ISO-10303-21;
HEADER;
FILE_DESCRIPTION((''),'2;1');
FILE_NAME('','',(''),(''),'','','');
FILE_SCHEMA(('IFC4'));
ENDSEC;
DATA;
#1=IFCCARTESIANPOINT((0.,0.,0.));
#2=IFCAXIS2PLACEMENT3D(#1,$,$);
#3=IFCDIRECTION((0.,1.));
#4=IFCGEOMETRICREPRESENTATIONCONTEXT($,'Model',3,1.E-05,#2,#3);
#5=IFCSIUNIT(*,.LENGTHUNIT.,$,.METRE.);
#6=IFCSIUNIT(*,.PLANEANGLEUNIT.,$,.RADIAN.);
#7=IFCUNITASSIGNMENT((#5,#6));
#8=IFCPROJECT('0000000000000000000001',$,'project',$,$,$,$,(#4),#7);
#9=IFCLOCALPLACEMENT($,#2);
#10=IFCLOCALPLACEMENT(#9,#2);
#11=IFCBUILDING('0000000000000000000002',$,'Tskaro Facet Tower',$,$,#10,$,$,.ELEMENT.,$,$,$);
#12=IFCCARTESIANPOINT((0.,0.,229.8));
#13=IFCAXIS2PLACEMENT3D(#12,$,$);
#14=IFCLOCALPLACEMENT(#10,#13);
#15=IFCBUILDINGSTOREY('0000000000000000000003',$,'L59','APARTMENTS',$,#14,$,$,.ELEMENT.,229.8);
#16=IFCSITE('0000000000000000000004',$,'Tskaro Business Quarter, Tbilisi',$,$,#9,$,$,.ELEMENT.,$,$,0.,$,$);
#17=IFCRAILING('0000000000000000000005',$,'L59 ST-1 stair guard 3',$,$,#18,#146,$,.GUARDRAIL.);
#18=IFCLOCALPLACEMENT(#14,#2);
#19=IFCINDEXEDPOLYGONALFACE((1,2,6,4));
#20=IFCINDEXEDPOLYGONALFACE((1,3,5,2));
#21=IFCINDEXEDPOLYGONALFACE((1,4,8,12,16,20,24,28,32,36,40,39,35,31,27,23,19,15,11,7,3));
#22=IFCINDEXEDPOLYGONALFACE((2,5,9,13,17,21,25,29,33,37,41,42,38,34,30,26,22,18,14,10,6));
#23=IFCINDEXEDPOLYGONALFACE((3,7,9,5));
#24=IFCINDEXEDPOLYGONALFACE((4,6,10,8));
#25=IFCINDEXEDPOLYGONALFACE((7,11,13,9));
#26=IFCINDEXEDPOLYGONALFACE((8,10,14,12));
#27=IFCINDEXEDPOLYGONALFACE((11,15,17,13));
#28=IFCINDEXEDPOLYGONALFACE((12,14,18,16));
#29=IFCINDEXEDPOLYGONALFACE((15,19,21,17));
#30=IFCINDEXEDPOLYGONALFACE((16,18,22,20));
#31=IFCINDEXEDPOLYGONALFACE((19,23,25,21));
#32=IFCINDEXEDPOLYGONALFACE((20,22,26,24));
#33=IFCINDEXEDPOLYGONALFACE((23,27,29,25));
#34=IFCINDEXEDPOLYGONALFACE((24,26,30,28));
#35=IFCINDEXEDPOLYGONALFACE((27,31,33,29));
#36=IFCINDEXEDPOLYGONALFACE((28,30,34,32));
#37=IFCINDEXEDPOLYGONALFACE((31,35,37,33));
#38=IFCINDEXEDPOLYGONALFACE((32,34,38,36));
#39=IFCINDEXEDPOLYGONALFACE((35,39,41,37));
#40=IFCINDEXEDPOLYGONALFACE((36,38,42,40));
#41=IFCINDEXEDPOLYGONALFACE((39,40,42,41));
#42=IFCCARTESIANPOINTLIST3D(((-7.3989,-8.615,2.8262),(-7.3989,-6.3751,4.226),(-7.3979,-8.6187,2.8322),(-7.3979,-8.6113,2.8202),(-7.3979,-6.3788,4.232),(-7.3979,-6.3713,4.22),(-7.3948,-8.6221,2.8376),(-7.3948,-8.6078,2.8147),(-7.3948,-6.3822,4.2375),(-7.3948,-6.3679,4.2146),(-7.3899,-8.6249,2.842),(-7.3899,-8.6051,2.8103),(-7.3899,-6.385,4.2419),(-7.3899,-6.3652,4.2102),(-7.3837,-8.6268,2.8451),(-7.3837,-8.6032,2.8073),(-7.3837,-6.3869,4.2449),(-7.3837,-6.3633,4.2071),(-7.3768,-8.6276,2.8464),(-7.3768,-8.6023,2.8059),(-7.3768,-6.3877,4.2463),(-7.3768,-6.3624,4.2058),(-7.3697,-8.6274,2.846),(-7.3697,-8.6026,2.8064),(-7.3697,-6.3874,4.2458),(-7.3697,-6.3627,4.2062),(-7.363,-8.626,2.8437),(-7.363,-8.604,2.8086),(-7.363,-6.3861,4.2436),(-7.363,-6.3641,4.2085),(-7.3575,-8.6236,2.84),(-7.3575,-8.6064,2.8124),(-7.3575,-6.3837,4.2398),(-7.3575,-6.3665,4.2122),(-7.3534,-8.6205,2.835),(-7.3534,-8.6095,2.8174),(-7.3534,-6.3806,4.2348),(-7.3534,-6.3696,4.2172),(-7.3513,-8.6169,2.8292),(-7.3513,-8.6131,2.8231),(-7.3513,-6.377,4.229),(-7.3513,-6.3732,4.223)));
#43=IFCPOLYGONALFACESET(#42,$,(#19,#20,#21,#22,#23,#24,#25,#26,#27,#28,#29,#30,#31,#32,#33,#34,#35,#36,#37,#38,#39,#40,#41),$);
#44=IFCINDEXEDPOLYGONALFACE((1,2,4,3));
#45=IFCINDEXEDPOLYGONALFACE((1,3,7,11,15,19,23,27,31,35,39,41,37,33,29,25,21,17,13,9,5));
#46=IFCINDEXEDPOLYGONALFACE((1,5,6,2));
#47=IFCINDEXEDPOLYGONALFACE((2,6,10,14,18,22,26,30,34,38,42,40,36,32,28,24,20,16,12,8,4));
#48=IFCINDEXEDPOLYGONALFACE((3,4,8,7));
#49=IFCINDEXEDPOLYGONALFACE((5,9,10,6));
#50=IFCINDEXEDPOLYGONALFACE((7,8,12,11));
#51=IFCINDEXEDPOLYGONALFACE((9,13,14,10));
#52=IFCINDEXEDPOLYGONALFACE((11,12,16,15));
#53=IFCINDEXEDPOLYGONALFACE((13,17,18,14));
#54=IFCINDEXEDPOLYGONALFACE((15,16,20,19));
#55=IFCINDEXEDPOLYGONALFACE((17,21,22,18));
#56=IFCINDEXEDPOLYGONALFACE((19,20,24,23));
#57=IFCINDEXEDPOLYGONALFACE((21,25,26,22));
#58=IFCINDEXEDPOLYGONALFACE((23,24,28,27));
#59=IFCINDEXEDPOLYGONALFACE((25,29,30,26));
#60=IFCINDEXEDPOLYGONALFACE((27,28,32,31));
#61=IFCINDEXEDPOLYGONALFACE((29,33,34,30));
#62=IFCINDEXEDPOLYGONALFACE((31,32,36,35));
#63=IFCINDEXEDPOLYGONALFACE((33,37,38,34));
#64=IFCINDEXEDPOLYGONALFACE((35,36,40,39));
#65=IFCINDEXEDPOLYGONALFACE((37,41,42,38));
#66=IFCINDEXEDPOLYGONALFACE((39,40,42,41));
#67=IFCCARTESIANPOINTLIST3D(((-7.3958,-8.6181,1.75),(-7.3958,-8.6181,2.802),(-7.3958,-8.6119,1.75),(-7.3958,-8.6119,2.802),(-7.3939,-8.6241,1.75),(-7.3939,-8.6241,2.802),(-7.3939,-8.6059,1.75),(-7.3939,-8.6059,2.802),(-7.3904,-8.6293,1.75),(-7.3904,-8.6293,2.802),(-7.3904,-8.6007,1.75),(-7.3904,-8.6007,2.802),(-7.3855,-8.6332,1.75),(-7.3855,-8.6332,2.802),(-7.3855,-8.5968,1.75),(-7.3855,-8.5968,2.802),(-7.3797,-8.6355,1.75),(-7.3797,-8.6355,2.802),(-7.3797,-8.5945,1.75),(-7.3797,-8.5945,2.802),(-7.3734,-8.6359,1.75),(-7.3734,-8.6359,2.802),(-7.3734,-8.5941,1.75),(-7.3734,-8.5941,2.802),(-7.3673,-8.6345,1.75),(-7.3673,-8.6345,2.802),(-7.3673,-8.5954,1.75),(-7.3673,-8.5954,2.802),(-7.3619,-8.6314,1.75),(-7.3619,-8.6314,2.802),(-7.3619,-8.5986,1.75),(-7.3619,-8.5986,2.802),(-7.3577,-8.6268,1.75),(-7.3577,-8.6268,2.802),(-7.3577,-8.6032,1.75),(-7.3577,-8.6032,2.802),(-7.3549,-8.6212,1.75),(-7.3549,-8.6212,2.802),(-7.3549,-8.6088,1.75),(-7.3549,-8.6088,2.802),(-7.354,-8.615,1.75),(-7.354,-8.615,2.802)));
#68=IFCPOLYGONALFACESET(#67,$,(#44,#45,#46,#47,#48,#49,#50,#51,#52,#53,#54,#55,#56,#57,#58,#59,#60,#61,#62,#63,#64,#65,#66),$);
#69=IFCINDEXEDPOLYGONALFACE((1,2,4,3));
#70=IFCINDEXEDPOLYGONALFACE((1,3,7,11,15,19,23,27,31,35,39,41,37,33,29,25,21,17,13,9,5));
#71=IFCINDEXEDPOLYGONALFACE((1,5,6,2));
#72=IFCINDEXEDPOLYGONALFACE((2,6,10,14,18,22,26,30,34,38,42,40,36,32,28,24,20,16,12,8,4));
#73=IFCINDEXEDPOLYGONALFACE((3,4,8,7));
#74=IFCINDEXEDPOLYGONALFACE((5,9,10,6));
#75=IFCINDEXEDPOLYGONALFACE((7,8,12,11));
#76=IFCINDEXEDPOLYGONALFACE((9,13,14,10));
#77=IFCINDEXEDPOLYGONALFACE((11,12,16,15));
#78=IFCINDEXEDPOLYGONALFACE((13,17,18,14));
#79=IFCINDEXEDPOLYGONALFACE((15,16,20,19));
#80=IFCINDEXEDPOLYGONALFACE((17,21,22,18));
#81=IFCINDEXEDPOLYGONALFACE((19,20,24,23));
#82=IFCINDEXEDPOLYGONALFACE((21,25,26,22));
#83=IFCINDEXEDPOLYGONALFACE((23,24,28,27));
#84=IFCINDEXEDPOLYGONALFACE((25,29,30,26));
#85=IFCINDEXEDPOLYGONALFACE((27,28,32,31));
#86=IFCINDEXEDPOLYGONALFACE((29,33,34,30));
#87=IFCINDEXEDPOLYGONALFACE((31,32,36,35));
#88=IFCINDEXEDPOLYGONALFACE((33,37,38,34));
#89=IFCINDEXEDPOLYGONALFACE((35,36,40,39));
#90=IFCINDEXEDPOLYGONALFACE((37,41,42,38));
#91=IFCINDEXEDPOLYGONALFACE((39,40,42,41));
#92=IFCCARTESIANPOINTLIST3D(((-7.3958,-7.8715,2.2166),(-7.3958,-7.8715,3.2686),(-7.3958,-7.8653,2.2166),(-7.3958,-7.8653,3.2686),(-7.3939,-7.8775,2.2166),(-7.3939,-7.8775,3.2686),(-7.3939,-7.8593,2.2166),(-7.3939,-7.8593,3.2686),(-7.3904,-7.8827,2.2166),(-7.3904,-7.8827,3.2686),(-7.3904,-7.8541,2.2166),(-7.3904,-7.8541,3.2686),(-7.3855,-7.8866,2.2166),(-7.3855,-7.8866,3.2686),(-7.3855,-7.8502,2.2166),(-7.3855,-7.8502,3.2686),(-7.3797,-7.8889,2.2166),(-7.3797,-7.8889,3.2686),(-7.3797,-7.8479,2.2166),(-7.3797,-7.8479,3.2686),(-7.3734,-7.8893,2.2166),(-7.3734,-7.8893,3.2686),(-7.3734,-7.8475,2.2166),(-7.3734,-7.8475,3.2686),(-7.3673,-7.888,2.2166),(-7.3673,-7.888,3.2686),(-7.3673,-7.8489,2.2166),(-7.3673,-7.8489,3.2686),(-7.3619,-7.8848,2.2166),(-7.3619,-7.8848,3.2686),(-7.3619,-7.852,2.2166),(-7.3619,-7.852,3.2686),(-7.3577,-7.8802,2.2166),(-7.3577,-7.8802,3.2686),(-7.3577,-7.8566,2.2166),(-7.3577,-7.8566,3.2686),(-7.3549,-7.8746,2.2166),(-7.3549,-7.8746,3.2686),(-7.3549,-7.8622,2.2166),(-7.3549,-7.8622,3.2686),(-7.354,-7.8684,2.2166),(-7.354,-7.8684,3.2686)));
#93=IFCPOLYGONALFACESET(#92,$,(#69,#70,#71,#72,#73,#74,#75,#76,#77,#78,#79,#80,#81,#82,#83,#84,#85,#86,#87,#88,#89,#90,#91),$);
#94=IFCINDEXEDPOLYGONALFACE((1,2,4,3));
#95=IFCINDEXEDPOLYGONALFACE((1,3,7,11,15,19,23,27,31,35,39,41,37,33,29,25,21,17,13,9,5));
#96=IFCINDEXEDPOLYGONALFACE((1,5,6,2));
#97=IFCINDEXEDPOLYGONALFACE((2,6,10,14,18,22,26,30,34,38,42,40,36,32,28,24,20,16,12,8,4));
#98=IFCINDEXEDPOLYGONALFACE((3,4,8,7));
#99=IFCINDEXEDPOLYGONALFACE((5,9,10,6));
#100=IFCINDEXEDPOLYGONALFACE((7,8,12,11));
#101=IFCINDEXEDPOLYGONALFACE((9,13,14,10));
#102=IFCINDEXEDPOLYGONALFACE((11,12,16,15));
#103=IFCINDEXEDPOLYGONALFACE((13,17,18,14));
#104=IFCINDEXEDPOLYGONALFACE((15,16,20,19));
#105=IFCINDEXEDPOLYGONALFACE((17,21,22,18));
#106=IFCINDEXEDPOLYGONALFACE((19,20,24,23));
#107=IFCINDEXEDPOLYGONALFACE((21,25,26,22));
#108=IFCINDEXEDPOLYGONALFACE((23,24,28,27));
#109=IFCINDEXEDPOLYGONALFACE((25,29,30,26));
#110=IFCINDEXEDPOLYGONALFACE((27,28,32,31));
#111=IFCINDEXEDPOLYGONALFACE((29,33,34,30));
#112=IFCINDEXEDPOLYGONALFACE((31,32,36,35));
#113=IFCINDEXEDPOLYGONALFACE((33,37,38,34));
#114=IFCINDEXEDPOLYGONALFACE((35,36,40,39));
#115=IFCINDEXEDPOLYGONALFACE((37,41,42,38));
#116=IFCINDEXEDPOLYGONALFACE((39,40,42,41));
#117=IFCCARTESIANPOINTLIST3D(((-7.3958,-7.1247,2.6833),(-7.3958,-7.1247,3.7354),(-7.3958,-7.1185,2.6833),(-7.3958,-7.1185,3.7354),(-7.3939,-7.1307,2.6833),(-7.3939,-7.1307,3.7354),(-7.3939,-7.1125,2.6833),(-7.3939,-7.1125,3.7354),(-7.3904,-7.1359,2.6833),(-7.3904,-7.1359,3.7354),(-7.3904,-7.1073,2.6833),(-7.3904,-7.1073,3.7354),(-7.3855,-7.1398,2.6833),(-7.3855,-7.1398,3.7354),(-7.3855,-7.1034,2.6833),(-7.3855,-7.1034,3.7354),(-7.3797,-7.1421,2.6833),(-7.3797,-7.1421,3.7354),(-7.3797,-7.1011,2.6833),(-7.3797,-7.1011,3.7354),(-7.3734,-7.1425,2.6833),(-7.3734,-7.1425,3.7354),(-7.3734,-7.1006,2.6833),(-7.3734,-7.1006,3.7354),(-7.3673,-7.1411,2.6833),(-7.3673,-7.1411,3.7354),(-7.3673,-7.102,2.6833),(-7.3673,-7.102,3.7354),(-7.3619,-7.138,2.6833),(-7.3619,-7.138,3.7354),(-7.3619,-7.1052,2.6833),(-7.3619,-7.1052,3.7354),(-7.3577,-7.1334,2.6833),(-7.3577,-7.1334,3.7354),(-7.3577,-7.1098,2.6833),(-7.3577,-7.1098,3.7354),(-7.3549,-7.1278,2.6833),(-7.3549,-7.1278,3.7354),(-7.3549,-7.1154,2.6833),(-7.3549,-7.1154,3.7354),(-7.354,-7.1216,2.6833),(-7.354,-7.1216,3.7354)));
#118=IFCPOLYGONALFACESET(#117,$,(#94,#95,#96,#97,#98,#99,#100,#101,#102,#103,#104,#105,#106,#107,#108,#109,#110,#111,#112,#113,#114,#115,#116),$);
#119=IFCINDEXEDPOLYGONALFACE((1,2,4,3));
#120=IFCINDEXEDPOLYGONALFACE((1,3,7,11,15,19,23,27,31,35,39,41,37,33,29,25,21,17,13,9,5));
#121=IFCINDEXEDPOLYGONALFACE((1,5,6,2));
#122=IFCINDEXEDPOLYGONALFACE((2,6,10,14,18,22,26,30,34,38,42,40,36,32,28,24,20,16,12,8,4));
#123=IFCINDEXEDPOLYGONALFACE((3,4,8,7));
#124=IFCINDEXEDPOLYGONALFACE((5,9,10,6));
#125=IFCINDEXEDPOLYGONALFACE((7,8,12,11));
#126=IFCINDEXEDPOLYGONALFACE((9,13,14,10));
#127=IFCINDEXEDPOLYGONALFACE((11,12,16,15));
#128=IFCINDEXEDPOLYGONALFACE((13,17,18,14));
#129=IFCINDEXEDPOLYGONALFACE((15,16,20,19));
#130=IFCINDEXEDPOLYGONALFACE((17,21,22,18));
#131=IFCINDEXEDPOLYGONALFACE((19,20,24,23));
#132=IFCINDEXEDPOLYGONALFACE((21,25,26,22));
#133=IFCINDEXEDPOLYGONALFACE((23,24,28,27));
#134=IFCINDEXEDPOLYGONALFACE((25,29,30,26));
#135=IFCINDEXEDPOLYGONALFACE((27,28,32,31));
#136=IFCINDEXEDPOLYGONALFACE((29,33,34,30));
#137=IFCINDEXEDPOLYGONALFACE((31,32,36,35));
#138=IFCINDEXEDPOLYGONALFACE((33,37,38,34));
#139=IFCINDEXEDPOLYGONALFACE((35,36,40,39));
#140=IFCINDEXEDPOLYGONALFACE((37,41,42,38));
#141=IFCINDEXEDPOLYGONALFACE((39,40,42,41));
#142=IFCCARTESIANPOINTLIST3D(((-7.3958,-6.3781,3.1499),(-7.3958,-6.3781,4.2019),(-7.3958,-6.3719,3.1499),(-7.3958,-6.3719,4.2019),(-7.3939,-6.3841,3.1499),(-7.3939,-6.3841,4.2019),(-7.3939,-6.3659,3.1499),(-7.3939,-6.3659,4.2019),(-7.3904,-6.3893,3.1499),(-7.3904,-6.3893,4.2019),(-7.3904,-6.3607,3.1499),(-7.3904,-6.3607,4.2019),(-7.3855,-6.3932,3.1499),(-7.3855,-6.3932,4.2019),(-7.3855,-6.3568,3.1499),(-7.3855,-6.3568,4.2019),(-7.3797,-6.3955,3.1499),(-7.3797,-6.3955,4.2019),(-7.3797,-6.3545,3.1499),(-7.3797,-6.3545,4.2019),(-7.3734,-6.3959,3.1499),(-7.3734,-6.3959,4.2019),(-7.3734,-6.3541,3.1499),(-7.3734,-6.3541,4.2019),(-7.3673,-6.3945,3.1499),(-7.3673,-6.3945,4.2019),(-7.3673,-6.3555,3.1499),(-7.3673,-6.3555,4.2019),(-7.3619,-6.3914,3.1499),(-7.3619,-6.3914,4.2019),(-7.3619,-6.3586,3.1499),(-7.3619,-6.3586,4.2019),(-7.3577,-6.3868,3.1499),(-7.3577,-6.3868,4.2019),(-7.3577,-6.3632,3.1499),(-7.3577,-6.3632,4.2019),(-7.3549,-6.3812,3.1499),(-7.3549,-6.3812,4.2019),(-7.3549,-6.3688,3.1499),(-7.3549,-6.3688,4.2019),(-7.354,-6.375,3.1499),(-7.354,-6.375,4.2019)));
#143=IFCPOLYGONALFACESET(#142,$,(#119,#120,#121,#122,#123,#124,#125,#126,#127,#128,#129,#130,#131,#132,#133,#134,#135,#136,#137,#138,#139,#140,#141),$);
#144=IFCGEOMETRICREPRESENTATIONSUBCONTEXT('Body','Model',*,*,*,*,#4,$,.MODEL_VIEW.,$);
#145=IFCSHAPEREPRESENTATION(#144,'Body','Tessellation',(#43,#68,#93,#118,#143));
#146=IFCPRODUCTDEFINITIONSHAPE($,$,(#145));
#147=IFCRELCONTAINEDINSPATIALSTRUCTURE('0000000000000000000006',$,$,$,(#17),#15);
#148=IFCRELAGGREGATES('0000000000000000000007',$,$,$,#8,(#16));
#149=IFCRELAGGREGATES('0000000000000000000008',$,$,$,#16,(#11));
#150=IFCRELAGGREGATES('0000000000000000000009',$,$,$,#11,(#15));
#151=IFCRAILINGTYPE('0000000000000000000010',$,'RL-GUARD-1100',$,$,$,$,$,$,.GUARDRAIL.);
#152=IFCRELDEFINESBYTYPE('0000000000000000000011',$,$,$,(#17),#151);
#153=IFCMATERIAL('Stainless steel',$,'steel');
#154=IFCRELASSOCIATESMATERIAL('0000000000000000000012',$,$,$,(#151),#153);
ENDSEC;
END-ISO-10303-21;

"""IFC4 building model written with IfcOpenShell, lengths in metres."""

from ifc_helpers import new_model, si_unit, direction, frame, origin, origin_2d, place, context, subcontext, project, spatial, circle, extrude, material, type_object, element, save


model = new_model("IFC4")

# Units and contexts
model_context = context("Model", 3, precision=1e-05, world=origin(), true_north=direction((0.0, 1.0)))
body_context = subcontext(model_context, "Body", "Model", "MODEL_VIEW")
ifc_project = project(units=[si_unit("LENGTHUNIT", "METRE"), si_unit("PLANEANGLEUNIT", "RADIAN")], contexts=[model_context])

# Site, building, storey
site_placement = place(None, origin())
site = spatial("IfcSite", under=ifc_project, at=site_placement, Name="Tskaro Business Quarter, Tbilisi", CompositionType="ELEMENT", RefElevation=0.0)
building_placement = place(site_placement, origin())
building = spatial("IfcBuilding", under=site, at=building_placement, Name="Tskaro Facet Tower", CompositionType="ELEMENT")
storey_placement = place(building_placement, frame((0.0, 0.0, 229.8)))
storey = spatial("IfcBuildingStorey", under=building, at=storey_placement, Name="L59", Description="APARTMENTS", CompositionType="ELEMENT", Elevation=229.8)

# Shared definitions
ifc_material_1 = material(Name="Stainless steel", Category="steel")

# Railing
railing_type_1 = type_object("IfcRailingType", Name="RL-GUARD-1100", PredefinedType="GUARDRAIL", material=ifc_material_1)
railing_1_placement = place(storey_placement, frame((-7.375, -8.615, 1.75)))
element("IfcRailing", 1, at=railing_1_placement, inside=storey, type_object=railing_type_1, Name="L59 ST-1 stair guard 3", PredefinedType="GUARDRAIL", context=body_context, shape_type="SweptSolid", body=[
    extrude(circle(Radius=0.0239, at=origin_2d()), frame((0.0, 0.0, 1.0762), z_axis=(0.0, 0.848014, 0.529974), x_axis=(-1.0, 0.0, 0.0)), (0.0, 0.0, 1.0), 2.6414),
    extrude(circle(Radius=0.021, at=origin_2d()), origin(), (0.0, 0.0, 1.0), 1.052),
    extrude(circle(Radius=0.021, at=origin_2d()), frame((0.0, 0.7466, 0.4666)), (0.0, 0.0, 1.0), 1.052),
    extrude(circle(Radius=0.021, at=origin_2d()), frame((0.0, 1.4934, 0.9333)), (0.0, 0.0, 1.0), 1.052),
    extrude(circle(Radius=0.021, at=origin_2d()), frame((0.0, 2.24, 1.3999)), (0.0, 0.0, 1.0), 1.052),
])

save(model, "model.ifc")
